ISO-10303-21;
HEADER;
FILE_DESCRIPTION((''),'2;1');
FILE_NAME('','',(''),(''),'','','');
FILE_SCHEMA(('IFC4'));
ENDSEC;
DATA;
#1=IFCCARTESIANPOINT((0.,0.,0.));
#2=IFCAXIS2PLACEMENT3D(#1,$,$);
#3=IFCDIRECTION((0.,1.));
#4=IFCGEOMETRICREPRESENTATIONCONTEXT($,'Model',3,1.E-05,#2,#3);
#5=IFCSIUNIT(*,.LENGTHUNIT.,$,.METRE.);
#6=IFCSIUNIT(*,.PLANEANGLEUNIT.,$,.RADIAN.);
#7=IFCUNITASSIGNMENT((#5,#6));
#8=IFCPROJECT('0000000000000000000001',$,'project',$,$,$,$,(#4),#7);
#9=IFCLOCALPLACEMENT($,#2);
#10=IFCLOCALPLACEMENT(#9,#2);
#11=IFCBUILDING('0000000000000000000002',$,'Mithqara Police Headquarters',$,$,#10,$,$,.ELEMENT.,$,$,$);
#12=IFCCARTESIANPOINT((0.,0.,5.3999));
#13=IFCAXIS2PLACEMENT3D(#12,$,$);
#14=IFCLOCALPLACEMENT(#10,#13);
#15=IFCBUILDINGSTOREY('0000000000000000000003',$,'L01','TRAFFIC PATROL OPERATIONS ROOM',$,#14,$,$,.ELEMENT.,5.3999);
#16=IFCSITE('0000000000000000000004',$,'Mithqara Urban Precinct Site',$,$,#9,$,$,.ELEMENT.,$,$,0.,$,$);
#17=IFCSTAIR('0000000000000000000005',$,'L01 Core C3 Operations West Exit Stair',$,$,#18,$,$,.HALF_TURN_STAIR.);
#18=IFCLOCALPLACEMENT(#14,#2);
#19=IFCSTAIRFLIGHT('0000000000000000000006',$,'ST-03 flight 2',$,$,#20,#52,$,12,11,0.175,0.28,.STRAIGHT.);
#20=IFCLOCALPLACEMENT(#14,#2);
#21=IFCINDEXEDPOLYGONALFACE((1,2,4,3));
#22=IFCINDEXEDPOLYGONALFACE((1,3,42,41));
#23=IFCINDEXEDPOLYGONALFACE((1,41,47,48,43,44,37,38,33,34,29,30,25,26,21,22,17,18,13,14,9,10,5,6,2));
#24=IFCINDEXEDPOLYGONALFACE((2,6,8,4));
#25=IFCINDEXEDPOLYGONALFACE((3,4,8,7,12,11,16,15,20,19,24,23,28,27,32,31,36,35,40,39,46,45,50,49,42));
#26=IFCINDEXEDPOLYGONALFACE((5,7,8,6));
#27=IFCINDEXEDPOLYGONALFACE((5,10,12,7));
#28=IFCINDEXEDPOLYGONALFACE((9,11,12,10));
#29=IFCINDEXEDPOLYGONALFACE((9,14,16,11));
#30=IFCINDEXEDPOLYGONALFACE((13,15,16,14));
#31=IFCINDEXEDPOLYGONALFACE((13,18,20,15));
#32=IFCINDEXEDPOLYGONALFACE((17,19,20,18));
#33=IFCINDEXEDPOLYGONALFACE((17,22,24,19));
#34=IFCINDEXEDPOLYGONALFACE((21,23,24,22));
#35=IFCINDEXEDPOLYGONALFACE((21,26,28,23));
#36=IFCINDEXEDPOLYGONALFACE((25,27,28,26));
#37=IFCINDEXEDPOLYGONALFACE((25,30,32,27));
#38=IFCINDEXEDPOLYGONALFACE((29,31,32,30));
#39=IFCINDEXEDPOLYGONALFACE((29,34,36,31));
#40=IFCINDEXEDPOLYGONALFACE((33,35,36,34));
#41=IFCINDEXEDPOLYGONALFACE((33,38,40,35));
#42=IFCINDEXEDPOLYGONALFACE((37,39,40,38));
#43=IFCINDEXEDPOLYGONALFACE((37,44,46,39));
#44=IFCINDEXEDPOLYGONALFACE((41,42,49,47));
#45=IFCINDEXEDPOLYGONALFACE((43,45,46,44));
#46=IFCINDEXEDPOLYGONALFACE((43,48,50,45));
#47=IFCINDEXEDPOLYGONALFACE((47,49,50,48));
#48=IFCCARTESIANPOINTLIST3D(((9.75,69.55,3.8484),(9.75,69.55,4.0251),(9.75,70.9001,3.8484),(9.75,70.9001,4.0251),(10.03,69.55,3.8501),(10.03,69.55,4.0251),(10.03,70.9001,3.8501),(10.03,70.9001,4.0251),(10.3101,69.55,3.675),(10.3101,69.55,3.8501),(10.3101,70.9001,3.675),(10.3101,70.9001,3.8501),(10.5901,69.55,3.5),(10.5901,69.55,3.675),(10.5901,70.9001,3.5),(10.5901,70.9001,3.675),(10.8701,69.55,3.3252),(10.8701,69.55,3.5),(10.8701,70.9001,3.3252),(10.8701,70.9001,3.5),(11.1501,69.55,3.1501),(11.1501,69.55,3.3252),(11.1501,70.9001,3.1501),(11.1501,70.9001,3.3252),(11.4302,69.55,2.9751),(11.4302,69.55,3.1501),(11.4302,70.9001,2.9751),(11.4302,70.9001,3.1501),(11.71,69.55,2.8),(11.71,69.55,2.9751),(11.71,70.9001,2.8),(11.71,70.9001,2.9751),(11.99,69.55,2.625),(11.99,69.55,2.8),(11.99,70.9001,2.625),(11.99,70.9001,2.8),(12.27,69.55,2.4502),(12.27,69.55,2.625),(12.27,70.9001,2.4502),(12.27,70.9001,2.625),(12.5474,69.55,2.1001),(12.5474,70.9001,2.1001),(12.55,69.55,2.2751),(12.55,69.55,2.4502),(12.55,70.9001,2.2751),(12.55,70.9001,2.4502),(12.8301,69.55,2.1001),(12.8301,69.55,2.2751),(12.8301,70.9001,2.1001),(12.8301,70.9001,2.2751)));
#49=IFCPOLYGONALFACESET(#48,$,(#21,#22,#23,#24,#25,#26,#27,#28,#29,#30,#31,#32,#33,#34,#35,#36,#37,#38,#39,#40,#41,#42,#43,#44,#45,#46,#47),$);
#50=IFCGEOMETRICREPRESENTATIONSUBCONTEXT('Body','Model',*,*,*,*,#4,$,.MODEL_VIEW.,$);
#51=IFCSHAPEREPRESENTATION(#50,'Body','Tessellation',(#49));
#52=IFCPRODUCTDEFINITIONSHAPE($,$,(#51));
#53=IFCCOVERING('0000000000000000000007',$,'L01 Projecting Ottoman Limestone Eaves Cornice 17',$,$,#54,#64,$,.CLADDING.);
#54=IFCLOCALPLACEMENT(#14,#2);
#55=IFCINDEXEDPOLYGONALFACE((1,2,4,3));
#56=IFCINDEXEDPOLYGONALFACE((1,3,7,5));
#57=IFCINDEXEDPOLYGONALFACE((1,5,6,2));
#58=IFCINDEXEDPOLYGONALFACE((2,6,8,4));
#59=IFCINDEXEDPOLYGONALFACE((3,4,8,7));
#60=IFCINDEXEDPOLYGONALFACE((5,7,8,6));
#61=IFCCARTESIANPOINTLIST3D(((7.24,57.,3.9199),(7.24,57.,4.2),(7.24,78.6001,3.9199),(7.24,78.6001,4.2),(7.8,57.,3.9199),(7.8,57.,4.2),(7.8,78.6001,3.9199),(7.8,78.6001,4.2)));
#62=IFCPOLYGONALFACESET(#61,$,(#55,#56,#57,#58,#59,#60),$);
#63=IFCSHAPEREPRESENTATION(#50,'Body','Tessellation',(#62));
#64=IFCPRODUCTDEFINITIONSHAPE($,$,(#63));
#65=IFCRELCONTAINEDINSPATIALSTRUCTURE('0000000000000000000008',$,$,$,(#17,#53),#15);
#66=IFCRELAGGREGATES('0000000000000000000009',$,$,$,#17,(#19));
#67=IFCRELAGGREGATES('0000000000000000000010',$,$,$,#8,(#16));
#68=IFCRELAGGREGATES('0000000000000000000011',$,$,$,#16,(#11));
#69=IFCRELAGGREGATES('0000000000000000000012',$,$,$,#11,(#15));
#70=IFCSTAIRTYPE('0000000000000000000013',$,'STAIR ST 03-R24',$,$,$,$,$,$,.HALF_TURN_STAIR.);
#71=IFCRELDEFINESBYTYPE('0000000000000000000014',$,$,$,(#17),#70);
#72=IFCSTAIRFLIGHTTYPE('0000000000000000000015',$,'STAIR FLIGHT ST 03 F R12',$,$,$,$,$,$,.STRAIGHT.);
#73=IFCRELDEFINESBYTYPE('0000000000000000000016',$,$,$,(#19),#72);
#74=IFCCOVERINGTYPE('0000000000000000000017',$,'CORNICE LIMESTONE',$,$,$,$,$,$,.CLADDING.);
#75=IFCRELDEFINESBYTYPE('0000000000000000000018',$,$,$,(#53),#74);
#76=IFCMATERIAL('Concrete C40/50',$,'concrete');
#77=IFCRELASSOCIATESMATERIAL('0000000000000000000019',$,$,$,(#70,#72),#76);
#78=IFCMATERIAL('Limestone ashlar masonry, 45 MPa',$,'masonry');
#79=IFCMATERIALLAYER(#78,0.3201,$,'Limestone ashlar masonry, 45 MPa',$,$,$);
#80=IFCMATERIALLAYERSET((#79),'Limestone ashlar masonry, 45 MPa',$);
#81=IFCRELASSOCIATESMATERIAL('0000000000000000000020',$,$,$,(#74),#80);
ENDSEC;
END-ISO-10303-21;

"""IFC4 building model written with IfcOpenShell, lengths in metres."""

from ifc_helpers import new_model, si_unit, direction, frame, origin, origin_2d, place, context, subcontext, project, spatial, polyline, rectangle, outline, extrude, material, layer, layer_set, type_object, element, aggregate, save


model = new_model("IFC4")

# Units and contexts
model_context = context("Model", 3, precision=1e-05, world=origin(), true_north=direction((0.0, 1.0)))
body_context = subcontext(model_context, "Body", "Model", "MODEL_VIEW")
ifc_project = project(units=[si_unit("LENGTHUNIT", "METRE"), si_unit("PLANEANGLEUNIT", "RADIAN")], contexts=[model_context])

# Site, building, storey
site_placement = place(None, origin())
site = spatial("IfcSite", under=ifc_project, at=site_placement, Name="Mithqara Urban Precinct Site", CompositionType="ELEMENT", RefElevation=0.0)
building_placement = place(site_placement, origin())
building = spatial("IfcBuilding", under=site, at=building_placement, Name="Mithqara Police Headquarters", CompositionType="ELEMENT")
storey_placement = place(building_placement, frame((0.0, 0.0, 5.3999)))
storey = spatial("IfcBuildingStorey", under=building, at=storey_placement, Name="L01", Description="TRAFFIC PATROL OPERATIONS ROOM", CompositionType="ELEMENT", Elevation=5.3999)

# Shared definitions
ifc_material_1 = material(Name="Concrete C40/50", Category="concrete")

# Shared definitions
ifc_material_2 = material(Name="Limestone ashlar masonry, 45 MPa", Category="masonry")

# Stair, stair flight
stair_type = type_object("IfcStairType", Name="STAIR ST 03-R24", PredefinedType="HALF_TURN_STAIR", material=ifc_material_1)
stair_placement = place(storey_placement, origin())
stair = element("IfcStair", 1, at=stair_placement, inside=storey, type_object=stair_type, Name="L01 Core C3 Operations West Exit Stair", PredefinedType="HALF_TURN_STAIR")
stair_flight_type = type_object("IfcStairFlightType", Name="STAIR FLIGHT ST 03 F R12", PredefinedType="STRAIGHT", material=ifc_material_1)
stair_flight_1_placement = place(storey_placement, frame((12.8301, 70.2251, 2.1001), z_axis=(0.0, 0.0, 1.0), x_axis=(-1.0, 0.0, 0.0)))
stair_flight_1 = element("IfcStairFlight", 2, at=stair_flight_1_placement, type_object=stair_flight_type, Name="ST-03 flight 2", NumberOfRisers=12, NumberOfTreads=11, PredefinedType="STRAIGHT", RiserHeight=0.175, TreadLength=0.28, context=body_context, shape_type="SweptSolid", body=[
    extrude(outline(polyline([(0.0, 0.0), (0.0, 0.175), (0.28, 0.175), (0.28, 0.3501), (0.5601, 0.3501), (0.5601, 0.5249), (0.8401, 0.5249), (0.8401, 0.7), (1.1201, 0.7), (1.1201, 0.875), (1.3999, 0.875), (1.3999, 1.05), (1.6799, 1.05), (1.6799, 1.2251), (1.96, 1.2251), (1.96, 1.3999), (2.24, 1.3999), (2.24, 1.575), (2.52, 1.575), (2.52, 1.75), (2.8, 1.75), (2.8, 1.925), (3.0801, 1.925), (3.0801, 2.1001), (3.0801, 1.7483), (0.2827, 0.0), (0.0, 0.0)])), frame((0.0, 0.675, 0.0), z_axis=(0.0, -1.0, 0.0), x_axis=(1.0, 0.0, 0.0)), (0.0, 0.0, 1.0), 1.3501),
])
aggregate(stair, [stair_flight_1])

# Covering
ifc_layer_1 = layer(ifc_material_2, 0.3201, Name="Limestone ashlar masonry, 45 MPa")
ifc_layer_set_1 = layer_set([ifc_layer_1], Name="Limestone ashlar masonry, 45 MPa")
covering_type = type_object("IfcCoveringType", Name="CORNICE LIMESTONE", PredefinedType="CLADDING", material=ifc_layer_set_1)
covering_placement = place(storey_placement, frame((7.52, 67.8, 3.9199), z_axis=(0.0, 0.0, 1.0), x_axis=(0.0, 1.0, 0.0)))
element("IfcCovering", 3, at=covering_placement, inside=storey, type_object=covering_type, Name="L01 Projecting Ottoman Limestone Eaves Cornice 17", PredefinedType="CLADDING", context=body_context, shape_type="SweptSolid", body=[
    extrude(rectangle(XDim=21.6001, YDim=0.5601, at=origin_2d()), origin(), (0.0, 0.0, 1.0), 0.28),
])

save(model, "model.ifc")
